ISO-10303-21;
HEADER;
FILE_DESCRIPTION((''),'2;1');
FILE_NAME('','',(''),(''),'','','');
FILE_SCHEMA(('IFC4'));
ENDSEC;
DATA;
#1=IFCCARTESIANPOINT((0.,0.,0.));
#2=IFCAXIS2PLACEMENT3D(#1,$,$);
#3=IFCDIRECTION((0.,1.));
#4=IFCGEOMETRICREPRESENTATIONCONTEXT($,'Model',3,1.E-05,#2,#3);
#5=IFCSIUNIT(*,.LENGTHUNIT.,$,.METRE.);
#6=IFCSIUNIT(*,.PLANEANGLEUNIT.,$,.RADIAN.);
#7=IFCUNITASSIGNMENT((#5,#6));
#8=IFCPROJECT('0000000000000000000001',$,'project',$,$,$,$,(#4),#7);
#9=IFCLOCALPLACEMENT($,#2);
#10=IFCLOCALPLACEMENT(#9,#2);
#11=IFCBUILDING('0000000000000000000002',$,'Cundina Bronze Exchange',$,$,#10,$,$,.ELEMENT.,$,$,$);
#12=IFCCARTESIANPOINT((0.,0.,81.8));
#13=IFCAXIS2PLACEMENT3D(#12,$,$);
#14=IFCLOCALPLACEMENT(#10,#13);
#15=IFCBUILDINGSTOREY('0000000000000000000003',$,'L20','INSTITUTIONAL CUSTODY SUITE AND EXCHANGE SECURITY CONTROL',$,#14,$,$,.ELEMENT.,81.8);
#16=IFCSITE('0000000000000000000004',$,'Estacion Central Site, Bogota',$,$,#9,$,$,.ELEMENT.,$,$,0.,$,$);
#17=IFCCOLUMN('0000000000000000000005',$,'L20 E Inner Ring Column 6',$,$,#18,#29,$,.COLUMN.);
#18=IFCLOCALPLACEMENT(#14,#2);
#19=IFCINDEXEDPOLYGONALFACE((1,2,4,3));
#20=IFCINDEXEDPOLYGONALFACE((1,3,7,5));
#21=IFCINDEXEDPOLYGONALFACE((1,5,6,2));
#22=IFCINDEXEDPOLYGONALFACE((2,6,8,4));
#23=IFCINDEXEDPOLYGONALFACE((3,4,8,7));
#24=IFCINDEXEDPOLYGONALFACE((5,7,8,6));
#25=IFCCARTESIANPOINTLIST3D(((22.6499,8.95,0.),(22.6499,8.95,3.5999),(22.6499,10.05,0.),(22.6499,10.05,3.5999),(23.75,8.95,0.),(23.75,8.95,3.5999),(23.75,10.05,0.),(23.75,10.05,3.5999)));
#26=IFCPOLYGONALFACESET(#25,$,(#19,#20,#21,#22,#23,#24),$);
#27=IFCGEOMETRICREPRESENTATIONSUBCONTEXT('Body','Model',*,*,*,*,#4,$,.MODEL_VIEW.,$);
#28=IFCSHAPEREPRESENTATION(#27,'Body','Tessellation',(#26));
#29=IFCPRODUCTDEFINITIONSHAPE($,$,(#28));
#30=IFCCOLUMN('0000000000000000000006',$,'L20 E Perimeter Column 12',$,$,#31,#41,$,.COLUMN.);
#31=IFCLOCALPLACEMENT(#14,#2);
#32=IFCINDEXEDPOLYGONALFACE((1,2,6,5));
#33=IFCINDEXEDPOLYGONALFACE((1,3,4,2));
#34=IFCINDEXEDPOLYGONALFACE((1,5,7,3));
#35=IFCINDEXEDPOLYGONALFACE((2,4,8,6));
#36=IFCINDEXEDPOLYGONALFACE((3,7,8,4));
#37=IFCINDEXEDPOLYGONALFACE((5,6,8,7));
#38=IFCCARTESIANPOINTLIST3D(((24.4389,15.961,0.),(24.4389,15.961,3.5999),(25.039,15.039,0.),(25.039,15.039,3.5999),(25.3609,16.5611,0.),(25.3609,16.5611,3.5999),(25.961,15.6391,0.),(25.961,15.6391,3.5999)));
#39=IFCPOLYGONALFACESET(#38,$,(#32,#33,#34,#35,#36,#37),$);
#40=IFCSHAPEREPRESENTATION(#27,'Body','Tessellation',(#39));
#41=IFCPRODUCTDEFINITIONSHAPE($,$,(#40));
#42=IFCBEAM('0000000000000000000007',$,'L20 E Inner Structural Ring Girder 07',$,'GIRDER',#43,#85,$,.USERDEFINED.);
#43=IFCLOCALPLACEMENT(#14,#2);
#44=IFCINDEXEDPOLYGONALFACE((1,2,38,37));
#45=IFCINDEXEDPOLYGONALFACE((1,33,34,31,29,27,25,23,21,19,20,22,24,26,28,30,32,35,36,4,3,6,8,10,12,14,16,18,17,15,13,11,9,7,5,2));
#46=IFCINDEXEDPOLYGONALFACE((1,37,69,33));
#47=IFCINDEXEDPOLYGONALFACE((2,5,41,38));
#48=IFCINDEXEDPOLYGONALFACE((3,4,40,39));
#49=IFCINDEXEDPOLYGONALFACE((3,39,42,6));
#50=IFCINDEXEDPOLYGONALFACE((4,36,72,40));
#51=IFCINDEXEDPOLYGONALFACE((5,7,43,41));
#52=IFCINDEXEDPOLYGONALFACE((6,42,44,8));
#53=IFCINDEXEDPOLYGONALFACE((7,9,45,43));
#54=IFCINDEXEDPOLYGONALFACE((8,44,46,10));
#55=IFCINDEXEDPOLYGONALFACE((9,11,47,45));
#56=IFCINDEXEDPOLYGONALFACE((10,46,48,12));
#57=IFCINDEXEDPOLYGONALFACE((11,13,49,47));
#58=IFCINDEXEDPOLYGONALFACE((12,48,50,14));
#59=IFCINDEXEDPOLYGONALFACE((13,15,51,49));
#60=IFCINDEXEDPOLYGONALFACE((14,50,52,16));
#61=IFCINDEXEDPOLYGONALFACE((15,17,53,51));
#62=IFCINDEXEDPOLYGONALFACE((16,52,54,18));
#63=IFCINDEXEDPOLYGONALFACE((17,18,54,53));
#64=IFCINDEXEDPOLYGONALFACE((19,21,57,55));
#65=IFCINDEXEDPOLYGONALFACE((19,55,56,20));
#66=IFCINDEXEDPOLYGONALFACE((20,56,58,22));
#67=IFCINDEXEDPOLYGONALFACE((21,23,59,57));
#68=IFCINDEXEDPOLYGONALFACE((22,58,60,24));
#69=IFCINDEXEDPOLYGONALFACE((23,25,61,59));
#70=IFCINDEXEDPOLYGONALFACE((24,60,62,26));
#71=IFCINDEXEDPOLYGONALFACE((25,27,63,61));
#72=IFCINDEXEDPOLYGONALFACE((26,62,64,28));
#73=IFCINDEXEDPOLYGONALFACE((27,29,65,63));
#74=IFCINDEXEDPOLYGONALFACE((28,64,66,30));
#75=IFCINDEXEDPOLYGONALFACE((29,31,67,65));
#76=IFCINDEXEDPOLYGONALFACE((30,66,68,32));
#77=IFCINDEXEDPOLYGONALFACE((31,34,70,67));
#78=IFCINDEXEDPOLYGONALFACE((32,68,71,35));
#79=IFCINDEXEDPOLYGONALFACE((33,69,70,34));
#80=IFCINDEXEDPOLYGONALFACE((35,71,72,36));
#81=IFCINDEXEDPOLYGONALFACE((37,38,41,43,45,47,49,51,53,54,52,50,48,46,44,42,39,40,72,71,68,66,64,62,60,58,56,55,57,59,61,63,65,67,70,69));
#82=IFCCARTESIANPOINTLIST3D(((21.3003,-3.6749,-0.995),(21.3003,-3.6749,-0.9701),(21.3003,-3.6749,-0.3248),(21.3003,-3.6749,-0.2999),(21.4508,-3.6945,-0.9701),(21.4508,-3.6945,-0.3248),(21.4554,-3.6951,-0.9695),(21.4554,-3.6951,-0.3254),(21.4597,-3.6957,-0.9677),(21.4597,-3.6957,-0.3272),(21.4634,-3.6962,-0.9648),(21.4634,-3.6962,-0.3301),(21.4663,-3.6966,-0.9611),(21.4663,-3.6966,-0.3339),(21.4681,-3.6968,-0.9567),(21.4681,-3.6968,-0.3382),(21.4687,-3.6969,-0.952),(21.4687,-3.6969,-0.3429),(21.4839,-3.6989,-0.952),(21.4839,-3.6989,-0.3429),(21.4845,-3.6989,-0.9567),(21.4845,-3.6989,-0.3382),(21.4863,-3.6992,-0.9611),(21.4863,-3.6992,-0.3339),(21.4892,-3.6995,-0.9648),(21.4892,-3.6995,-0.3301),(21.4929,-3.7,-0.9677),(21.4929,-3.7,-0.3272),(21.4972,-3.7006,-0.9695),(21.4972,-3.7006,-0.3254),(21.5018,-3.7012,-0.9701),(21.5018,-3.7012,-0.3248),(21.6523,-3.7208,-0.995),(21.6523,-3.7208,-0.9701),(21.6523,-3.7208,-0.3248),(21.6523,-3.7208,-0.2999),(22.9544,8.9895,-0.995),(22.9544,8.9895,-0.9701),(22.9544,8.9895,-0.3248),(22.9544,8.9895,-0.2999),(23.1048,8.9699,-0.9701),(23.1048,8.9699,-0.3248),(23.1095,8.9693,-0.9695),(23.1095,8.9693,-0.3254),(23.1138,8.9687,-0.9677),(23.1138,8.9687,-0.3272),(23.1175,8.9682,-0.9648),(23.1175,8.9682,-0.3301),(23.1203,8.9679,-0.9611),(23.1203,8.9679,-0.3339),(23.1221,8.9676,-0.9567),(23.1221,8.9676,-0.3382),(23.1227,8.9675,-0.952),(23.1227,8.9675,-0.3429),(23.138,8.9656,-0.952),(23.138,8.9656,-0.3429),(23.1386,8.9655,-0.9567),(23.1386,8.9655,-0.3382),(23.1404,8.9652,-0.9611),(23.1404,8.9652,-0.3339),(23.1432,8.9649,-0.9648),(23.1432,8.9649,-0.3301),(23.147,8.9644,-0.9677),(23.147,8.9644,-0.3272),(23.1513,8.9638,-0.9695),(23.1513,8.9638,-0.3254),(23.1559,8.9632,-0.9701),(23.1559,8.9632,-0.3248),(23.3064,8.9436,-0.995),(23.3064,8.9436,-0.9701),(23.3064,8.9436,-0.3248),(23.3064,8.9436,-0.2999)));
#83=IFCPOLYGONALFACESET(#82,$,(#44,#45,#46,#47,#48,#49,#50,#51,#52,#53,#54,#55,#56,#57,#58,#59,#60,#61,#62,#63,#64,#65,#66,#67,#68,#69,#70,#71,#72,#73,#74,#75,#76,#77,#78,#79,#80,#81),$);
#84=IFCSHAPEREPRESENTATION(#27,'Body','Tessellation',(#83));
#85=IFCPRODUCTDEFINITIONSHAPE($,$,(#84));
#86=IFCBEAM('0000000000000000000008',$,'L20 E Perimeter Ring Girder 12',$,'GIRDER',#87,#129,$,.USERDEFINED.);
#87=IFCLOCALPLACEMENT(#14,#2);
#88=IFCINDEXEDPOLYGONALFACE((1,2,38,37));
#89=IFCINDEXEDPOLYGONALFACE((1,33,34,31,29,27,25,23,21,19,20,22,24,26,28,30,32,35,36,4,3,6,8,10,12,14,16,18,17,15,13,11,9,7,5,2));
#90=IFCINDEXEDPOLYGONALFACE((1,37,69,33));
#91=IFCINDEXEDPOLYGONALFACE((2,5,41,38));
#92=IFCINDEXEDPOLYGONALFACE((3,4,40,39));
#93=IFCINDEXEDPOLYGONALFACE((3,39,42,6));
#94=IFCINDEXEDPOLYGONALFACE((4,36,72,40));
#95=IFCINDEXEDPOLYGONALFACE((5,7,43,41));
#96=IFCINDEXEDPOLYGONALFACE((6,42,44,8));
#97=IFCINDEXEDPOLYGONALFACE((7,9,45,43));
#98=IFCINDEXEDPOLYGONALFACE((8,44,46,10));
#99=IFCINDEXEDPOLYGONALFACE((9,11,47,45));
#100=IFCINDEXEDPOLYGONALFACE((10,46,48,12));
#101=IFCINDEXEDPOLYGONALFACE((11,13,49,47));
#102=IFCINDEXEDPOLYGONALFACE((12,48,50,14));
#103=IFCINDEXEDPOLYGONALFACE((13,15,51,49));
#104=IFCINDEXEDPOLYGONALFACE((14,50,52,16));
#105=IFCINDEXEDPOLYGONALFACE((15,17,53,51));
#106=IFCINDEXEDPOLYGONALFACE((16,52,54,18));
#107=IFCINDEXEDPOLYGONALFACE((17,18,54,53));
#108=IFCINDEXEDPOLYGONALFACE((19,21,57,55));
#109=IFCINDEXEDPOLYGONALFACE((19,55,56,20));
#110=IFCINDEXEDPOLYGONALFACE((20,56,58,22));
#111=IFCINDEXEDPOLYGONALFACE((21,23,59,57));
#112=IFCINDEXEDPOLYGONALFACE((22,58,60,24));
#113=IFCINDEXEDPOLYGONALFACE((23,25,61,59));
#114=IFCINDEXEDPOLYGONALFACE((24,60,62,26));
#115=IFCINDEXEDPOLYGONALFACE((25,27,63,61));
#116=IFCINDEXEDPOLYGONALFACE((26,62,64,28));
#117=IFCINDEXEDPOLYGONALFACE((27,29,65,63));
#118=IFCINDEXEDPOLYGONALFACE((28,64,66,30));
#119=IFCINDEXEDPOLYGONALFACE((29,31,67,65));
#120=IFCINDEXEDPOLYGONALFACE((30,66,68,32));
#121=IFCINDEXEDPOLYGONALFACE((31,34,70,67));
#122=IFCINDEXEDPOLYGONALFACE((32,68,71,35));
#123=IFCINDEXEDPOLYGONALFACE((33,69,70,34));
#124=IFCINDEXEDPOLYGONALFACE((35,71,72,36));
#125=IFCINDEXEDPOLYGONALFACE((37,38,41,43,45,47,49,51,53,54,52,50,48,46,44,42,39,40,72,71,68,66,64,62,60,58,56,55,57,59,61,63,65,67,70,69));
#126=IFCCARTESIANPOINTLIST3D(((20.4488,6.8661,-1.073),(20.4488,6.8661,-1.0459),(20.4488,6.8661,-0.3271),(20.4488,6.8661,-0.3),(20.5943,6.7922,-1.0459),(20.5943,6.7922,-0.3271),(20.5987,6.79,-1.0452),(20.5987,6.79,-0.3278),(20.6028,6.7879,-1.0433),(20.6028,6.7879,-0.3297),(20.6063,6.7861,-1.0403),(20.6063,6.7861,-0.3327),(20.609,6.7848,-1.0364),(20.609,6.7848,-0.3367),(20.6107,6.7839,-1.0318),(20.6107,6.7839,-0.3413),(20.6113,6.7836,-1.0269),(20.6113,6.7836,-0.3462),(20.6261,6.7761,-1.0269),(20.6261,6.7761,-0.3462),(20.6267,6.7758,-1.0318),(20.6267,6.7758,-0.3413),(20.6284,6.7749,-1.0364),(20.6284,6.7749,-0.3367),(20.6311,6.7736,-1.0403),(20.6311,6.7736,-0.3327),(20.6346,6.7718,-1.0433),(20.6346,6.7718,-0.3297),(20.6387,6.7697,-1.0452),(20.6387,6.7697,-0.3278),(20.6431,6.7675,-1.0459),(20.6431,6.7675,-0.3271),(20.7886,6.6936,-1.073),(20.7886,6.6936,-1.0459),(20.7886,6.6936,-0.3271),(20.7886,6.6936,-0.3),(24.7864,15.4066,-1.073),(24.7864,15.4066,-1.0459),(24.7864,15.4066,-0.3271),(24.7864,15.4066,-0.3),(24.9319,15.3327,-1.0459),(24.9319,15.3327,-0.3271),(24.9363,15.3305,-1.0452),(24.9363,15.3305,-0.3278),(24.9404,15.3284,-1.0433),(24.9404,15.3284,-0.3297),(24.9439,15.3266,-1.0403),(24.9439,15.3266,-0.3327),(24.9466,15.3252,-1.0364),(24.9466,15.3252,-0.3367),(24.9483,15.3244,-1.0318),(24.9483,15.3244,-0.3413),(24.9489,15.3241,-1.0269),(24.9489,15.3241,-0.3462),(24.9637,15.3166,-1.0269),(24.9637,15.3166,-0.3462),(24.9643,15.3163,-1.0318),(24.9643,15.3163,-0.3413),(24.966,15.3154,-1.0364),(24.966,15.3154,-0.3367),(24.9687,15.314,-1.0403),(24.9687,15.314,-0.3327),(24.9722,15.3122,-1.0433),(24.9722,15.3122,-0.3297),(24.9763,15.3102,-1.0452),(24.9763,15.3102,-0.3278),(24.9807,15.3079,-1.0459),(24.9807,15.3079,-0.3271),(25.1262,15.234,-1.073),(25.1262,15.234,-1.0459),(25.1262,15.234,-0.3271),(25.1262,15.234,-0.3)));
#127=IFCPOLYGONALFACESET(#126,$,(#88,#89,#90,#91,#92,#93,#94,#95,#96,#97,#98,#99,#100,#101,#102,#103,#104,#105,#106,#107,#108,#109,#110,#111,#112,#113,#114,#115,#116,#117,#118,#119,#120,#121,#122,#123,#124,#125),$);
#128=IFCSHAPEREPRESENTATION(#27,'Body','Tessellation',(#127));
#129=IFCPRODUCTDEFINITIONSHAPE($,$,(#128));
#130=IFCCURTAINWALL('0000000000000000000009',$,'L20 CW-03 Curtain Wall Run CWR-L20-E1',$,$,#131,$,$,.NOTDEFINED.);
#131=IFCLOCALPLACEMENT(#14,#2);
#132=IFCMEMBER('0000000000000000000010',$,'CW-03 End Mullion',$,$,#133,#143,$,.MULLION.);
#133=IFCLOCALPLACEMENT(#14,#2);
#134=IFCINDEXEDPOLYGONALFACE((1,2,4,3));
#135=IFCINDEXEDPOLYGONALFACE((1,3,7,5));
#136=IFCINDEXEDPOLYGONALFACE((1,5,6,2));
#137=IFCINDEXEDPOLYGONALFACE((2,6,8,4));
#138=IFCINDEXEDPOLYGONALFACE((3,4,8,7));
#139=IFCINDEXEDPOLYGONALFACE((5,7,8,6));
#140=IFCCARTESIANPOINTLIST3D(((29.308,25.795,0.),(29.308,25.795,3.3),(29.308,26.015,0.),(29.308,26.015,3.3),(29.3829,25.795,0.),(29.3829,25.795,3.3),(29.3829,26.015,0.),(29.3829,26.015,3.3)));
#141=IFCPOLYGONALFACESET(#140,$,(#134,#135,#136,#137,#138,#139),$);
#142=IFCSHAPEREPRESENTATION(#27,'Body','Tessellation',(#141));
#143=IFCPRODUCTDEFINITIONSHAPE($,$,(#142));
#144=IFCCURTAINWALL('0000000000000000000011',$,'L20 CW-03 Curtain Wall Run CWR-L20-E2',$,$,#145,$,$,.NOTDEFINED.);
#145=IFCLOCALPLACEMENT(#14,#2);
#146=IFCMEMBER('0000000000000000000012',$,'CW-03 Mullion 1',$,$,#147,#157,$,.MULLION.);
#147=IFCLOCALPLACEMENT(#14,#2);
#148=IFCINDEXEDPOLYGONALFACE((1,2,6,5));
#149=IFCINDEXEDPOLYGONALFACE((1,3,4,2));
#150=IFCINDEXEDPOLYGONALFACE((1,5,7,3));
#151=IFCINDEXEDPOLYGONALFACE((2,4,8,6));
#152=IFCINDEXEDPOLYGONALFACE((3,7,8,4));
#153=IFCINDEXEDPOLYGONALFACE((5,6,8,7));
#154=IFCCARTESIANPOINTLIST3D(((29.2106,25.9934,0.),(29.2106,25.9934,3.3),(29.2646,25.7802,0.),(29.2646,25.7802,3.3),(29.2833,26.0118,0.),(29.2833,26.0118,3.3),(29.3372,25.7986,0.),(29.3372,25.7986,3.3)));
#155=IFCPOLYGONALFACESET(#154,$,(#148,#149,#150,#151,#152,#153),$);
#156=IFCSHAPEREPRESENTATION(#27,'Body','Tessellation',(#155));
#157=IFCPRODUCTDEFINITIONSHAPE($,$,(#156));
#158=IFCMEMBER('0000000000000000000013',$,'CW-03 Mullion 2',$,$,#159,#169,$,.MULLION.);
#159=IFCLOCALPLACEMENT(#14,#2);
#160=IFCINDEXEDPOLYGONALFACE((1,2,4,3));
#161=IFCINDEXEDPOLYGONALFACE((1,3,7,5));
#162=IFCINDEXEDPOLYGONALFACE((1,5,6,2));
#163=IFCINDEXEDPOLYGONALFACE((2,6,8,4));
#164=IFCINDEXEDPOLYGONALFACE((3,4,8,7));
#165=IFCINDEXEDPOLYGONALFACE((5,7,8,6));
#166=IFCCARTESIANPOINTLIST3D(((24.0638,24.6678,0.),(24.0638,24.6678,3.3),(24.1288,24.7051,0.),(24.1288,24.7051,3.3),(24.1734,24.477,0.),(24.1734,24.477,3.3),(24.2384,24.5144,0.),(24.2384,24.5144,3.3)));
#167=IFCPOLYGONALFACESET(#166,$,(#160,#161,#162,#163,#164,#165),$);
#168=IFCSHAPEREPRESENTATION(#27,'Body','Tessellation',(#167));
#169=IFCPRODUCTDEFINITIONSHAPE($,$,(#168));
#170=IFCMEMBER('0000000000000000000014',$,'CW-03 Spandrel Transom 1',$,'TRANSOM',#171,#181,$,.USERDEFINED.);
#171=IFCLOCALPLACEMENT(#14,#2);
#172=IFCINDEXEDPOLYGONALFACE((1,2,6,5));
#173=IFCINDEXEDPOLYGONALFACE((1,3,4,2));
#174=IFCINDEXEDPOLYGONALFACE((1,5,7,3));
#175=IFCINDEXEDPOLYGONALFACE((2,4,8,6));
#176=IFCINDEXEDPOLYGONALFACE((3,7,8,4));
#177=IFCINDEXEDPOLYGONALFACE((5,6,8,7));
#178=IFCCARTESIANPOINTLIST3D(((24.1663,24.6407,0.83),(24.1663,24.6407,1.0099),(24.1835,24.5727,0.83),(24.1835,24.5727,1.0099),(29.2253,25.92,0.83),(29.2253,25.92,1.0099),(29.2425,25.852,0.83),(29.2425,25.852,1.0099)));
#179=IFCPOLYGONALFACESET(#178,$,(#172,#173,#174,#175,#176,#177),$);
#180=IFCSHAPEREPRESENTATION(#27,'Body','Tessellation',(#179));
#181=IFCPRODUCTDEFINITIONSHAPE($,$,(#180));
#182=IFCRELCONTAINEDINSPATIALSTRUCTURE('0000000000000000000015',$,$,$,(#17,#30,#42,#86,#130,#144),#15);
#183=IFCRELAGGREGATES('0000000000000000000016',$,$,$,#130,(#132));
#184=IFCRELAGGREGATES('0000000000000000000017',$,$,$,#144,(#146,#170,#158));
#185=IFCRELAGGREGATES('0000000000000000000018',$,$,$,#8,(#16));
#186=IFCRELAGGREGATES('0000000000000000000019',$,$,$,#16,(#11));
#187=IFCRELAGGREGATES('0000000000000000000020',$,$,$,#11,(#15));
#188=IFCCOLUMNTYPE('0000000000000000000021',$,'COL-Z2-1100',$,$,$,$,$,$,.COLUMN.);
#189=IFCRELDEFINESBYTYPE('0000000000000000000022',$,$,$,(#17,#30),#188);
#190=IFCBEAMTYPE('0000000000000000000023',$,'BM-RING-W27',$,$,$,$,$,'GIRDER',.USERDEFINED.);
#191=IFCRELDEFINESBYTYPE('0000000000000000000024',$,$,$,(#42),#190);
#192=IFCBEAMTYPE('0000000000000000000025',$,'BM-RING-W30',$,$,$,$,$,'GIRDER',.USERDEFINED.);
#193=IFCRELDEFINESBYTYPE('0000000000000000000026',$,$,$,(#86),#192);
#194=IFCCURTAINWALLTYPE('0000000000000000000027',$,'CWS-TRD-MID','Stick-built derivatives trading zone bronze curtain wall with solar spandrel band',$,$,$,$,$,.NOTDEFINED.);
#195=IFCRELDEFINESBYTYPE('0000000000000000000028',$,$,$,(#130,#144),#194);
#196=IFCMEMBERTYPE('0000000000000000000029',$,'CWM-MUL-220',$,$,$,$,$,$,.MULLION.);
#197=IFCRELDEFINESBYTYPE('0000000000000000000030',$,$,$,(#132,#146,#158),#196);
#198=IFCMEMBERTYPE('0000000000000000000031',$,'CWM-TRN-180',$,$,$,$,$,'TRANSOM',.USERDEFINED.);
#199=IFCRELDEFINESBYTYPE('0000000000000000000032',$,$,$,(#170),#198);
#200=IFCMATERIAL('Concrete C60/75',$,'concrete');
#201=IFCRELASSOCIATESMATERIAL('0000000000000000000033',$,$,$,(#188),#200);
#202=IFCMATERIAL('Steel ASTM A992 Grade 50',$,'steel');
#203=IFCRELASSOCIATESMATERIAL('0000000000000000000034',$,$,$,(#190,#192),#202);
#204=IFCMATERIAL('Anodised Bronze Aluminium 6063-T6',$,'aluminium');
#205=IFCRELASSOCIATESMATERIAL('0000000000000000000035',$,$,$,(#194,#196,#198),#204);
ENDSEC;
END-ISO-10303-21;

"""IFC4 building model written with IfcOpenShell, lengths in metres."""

from ifc_helpers import new_model, si_unit, direction, frame, origin, origin_2d, place, context, subcontext, project, spatial, rectangle, i_section, extrude, material, material_profile, profile_set, type_object, element, aggregate, save


model = new_model("IFC4")

# Units and contexts
model_context = context("Model", 3, precision=1e-05, world=origin(), true_north=direction((0.0, 1.0)))
body_context = subcontext(model_context, "Body", "Model", "MODEL_VIEW")
ifc_project = project(units=[si_unit("LENGTHUNIT", "METRE"), si_unit("PLANEANGLEUNIT", "RADIAN")], contexts=[model_context])

# Site, building, storey
site_placement = place(None, origin())
site = spatial("IfcSite", under=ifc_project, at=site_placement, Name="Estacion Central Site, Bogota", CompositionType="ELEMENT", RefElevation=0.0)
building_placement = place(site_placement, origin())
building = spatial("IfcBuilding", under=site, at=building_placement, Name="Cundina Bronze Exchange", CompositionType="ELEMENT")
storey_placement = place(building_placement, frame((0.0, 0.0, 81.8)))
storey = spatial("IfcBuildingStorey", under=building, at=storey_placement, Name="L20", Description="INSTITUTIONAL CUSTODY SUITE AND EXCHANGE SECURITY CONTROL", CompositionType="ELEMENT", Elevation=81.8)

# Columns
ifc_material_1 = material(Name="Concrete C60/75", Category="concrete")
ifc_material_profile_1 = material_profile(ifc_material_1, rectangle(XDim=1.1001, YDim=1.1001, at=origin_2d()), Name="RC1100X1100", Category="concrete")
ifc_profile_set_1 = profile_set([ifc_material_profile_1], Name="Concrete C60/75")
column_type = type_object("IfcColumnType", Name="COL-Z2-1100", PredefinedType="COLUMN", material=ifc_profile_set_1)
for number, where, z_axis, x_axis, name in (
    (1, (23.2, 9.5, 0.0), (0.0, 0.0, 1.0), (1.0, 0.0, 0.0), "L20 E Inner Ring Column 6"),
    (2, (25.2, 15.8, 0.0), (0.0, 0.0, 1.0), (-0.8381, -0.545517, 0.0), "L20 E Perimeter Column 12"),
):
    element("IfcColumn", number, at=place(storey_placement, frame(where, z_axis=z_axis, x_axis=x_axis)), inside=storey, type_object=column_type, Name=name, PredefinedType="COLUMN", context=body_context, shape_type="SweptSolid", body=[
        extrude(rectangle(XDim=1.1001, YDim=1.1001, at=origin_2d()), origin(), (0.0, 0.0, 1.0), 3.5999),
    ])

# Beams
ifc_material_2 = material(Name="Steel ASTM A992 Grade 50", Category="steel")
ifc_material_profile_2 = material_profile(ifc_material_2, i_section(OverallWidth=0.355, OverallDepth=0.6951, WebThickness=0.0154, FlangeThickness=0.0249, FilletRadius=0.0181, at=origin_2d()), Name="W27X146", Category="steel")
ifc_profile_set_2 = profile_set([ifc_material_profile_2], Name="Steel ASTM A992 Grade 50")
beam_type_1 = type_object("IfcBeamType", Name="BM-RING-W27", ElementType="GIRDER", PredefinedType="USERDEFINED", material=ifc_profile_set_2)
beam_1_placement = place(storey_placement, frame((23.1304, 8.9666, -0.6475), z_axis=(-0.129508, -0.991578, 0.0), x_axis=(0.991578, -0.129508, 0.0)))
element("IfcBeam", 3, at=beam_1_placement, inside=storey, type_object=beam_type_1, Name="L20 E Inner Structural Ring Girder 07", ObjectType="GIRDER", PredefinedType="USERDEFINED", context=body_context, shape_type="SweptSolid", body=[
    extrude(i_section(OverallWidth=0.355, OverallDepth=0.6951, WebThickness=0.0154, FlangeThickness=0.0249, FilletRadius=0.0181, at=origin_2d()), origin(), (0.0, 0.0, 1.0), 12.772),
])
ifc_material_profile_3 = material_profile(ifc_material_2, i_section(OverallWidth=0.3811, OverallDepth=0.7729, WebThickness=0.0166, FlangeThickness=0.0271, FilletRadius=0.019, at=origin_2d()), Name="W30X173", Category="steel")
ifc_profile_set_3 = profile_set([ifc_material_profile_3], Name="Steel ASTM A992 Grade 50")
beam_type_2 = type_object("IfcBeamType", Name="BM-RING-W30", ElementType="GIRDER", PredefinedType="USERDEFINED", material=ifc_profile_set_3)
beam_2_placement = place(storey_placement, frame((24.9563, 15.3203, -0.6865), z_axis=(-0.452832, -0.891596, 0.0), x_axis=(0.891596, -0.452832, 0.0)))
element("IfcBeam", 4, at=beam_2_placement, inside=storey, type_object=beam_type_2, Name="L20 E Perimeter Ring Girder 12", ObjectType="GIRDER", PredefinedType="USERDEFINED", context=body_context, shape_type="SweptSolid", body=[
    extrude(i_section(OverallWidth=0.3811, OverallDepth=0.7729, WebThickness=0.0166, FlangeThickness=0.0271, FilletRadius=0.019, at=origin_2d()), origin(), (0.0, 0.0, 1.0), 9.5789),
])

# Curtain wall, member
ifc_material_3 = material(Name="Anodised Bronze Aluminium 6063-T6", Category="aluminium")
curtain_wall_type = type_object("IfcCurtainWallType", Name="CWS-TRD-MID", Description="Stick-built derivatives trading zone bronze curtain wall with solar spandrel band", PredefinedType="NOTDEFINED", material=ifc_material_3)
curtain_wall_1_placement = place(storey_placement, origin())
curtain_wall_1 = element("IfcCurtainWall", 5, at=curtain_wall_1_placement, inside=storey, type_object=curtain_wall_type, Name="L20 CW-03 Curtain Wall Run CWR-L20-E1", PredefinedType="NOTDEFINED")
ifc_material_profile_4 = material_profile(ifc_material_3, rectangle(XDim=0.075, YDim=0.22, at=origin_2d()), Name="AL75X220", Category="aluminium")
ifc_profile_set_4 = profile_set([ifc_material_profile_4], Name="Anodised Bronze Aluminium 6063-T6")
member_type_1 = type_object("IfcMemberType", Name="CWM-MUL-220", PredefinedType="MULLION", material=ifc_profile_set_4)
member_1_placement = place(storey_placement, frame((29.3455, 25.905, 0.0), z_axis=(0.0, 0.0, 1.0), x_axis=(-1.0, 0.0, 0.0)))
member_1 = element("IfcMember", 6, at=member_1_placement, type_object=member_type_1, Name="CW-03 End Mullion", PredefinedType="MULLION", context=body_context, shape_type="SweptSolid", body=[
    extrude(rectangle(XDim=0.075, YDim=0.22, at=origin_2d()), origin(), (0.0, 0.0, 1.0), 3.3),
])
aggregate(curtain_wall_1, [member_1])

# Curtain wall, members
curtain_wall_2_placement = place(storey_placement, origin())
curtain_wall_2 = element("IfcCurtainWall", 7, at=curtain_wall_2_placement, inside=storey, type_object=curtain_wall_type, Name="L20 CW-03 Curtain Wall Run CWR-L20-E2", PredefinedType="NOTDEFINED")
member_2_placement = place(storey_placement, frame((29.2739, 25.896, 0.0), z_axis=(0.0, 0.0, 1.0), x_axis=(-0.969488, -0.245138, 0.0)))
member_2 = element("IfcMember", 8, at=member_2_placement, type_object=member_type_1, Name="CW-03 Mullion 1", PredefinedType="MULLION", context=body_context, shape_type="SweptSolid", body=[
    extrude(rectangle(XDim=0.075, YDim=0.22, at=origin_2d()), origin(), (0.0, 0.0, 1.0), 3.3),
])
member_3_placement = place(storey_placement, frame((24.1511, 24.5911, 0.0), z_axis=(0.0, 0.0, 1.0), x_axis=(-0.867071, -0.498185, 0.0)))
member_3 = element("IfcMember", 9, at=member_3_placement, type_object=member_type_1, Name="CW-03 Mullion 2", PredefinedType="MULLION", context=body_context, shape_type="SweptSolid", body=[
    extrude(rectangle(XDim=0.075, YDim=0.22, at=origin_2d()), origin(), (0.0, 0.0, 1.0), 3.3),
])
ifc_material_profile_5 = material_profile(ifc_material_3, rectangle(XDim=0.0701, YDim=0.1799, at=origin_2d()), Name="AL70X180", Category="aluminium")
ifc_profile_set_5 = profile_set([ifc_material_profile_5], Name="Anodised Bronze Aluminium 6063-T6")
member_type_2 = type_object("IfcMemberType", Name="CWM-TRN-180", ElementType="TRANSOM", PredefinedType="USERDEFINED", material=ifc_profile_set_5)
member_4_placement = place(storey_placement, frame((29.2339, 25.886, 0.9199), z_axis=(-0.969484, -0.245155, 0.0), x_axis=(0.245155, -0.969484, 0.0)))
member_4 = element("IfcMember", 10, at=member_4_placement, type_object=member_type_2, Name="CW-03 Spandrel Transom 1", ObjectType="TRANSOM", PredefinedType="USERDEFINED", context=body_context, shape_type="SweptSolid", body=[
    extrude(rectangle(XDim=0.0701, YDim=0.1799, at=origin_2d()), origin(), (0.0, 0.0, 1.0), 5.2183),
])
aggregate(curtain_wall_2, [member_2, member_4, member_3])

save(model, "model.ifc")
